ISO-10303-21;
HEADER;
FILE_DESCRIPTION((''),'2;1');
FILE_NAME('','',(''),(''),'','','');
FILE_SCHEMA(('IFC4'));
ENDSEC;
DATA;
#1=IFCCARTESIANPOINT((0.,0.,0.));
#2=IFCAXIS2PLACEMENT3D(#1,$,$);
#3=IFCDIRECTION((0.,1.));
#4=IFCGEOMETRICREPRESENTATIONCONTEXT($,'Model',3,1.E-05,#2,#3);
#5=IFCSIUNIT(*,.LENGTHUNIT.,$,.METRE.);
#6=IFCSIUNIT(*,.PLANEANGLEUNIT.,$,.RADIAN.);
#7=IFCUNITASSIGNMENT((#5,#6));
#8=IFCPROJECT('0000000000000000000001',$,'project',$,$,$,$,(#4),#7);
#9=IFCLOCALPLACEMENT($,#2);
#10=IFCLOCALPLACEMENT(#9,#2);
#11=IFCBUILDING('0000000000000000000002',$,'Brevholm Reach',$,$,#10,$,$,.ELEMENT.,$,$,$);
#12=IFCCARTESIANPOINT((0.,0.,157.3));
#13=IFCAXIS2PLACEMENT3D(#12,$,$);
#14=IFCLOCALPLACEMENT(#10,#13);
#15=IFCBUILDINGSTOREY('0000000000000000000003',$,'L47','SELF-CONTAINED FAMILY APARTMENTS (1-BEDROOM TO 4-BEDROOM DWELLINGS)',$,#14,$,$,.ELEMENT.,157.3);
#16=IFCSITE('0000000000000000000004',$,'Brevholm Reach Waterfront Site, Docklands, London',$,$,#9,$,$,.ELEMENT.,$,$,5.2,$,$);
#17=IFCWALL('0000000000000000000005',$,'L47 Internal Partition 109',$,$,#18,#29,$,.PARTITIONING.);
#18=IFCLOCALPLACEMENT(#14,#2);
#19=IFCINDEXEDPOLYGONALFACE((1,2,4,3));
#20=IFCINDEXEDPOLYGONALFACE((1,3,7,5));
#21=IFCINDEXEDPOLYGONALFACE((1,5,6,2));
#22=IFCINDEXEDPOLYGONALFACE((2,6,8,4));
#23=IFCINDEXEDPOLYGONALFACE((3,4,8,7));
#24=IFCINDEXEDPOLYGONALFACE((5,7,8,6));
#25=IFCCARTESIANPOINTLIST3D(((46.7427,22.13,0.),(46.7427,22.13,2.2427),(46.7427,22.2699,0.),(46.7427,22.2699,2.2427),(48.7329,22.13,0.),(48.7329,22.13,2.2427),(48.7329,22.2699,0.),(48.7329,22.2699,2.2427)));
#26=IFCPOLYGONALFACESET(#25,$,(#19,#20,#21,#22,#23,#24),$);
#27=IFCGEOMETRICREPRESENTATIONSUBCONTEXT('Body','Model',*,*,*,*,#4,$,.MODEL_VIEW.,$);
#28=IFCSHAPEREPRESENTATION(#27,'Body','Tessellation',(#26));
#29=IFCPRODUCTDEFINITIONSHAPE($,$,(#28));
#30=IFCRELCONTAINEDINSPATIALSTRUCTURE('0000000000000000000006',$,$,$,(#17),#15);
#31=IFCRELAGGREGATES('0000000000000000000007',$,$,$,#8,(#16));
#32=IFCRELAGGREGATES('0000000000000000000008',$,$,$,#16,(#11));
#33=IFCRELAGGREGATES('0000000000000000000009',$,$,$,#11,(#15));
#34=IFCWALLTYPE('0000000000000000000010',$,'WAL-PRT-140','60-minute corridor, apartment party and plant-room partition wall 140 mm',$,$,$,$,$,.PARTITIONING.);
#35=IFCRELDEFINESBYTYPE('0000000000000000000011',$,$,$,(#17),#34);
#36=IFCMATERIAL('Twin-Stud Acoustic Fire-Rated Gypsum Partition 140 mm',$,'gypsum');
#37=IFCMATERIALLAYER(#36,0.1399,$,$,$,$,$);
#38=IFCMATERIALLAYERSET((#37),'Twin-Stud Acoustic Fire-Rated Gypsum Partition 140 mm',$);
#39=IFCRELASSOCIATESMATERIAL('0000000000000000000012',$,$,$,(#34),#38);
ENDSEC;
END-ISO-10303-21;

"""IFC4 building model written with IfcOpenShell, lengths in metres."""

from ifc_helpers import new_model, si_unit, direction, frame, frame_2d, origin, place, context, subcontext, project, spatial, rectangle, extrude, material, layer, layer_set, type_object, element, save


model = new_model("IFC4")

# Units and contexts
model_context = context("Model", 3, precision=1e-05, world=origin(), true_north=direction((0.0, 1.0)))
body_context = subcontext(model_context, "Body", "Model", "MODEL_VIEW")
ifc_project = project(units=[si_unit("LENGTHUNIT", "METRE"), si_unit("PLANEANGLEUNIT", "RADIAN")], contexts=[model_context])

# Site, building, storey
site_placement = place(None, origin())
site = spatial("IfcSite", under=ifc_project, at=site_placement, Name="Brevholm Reach Waterfront Site, Docklands, London", CompositionType="ELEMENT", RefElevation=5.2)
building_placement = place(site_placement, origin())
building = spatial("IfcBuilding", under=site, at=building_placement, Name="Brevholm Reach", CompositionType="ELEMENT")
storey_placement = place(building_placement, frame((0.0, 0.0, 157.3)))
storey = spatial("IfcBuildingStorey", under=building, at=storey_placement, Name="L47", Description="SELF-CONTAINED FAMILY APARTMENTS (1-BEDROOM TO 4-BEDROOM DWELLINGS)", CompositionType="ELEMENT", Elevation=157.3)

# Wall
ifc_material_1 = material(Name="Twin-Stud Acoustic Fire-Rated Gypsum Partition 140 mm", Category="gypsum")
ifc_layer_1 = layer(ifc_material_1, 0.1399)
ifc_layer_set_1 = layer_set([ifc_layer_1], Name="Twin-Stud Acoustic Fire-Rated Gypsum Partition 140 mm")
wall_type_1 = type_object("IfcWallType", Name="WAL-PRT-140", Description="60-minute corridor, apartment party and plant-room partition wall 140 mm", PredefinedType="PARTITIONING", material=ifc_layer_set_1)
wall_1_placement = place(storey_placement, frame((46.7427, 22.2, 0.0), z_axis=(0.0, 0.0, 1.0), x_axis=(1.0, 0.0, 0.0)))
element("IfcWall", 1, at=wall_1_placement, inside=storey, type_object=wall_type_1, Name="L47 Internal Partition 109", PredefinedType="PARTITIONING", context=body_context, shape_type="SweptSolid", body=[
    extrude(rectangle(XDim=1.9902, YDim=0.1399, at=frame_2d((0.9951, 0.0))), origin(), (0.0, 0.0, 1.0), 2.2427),
])

save(model, "model.ifc")
